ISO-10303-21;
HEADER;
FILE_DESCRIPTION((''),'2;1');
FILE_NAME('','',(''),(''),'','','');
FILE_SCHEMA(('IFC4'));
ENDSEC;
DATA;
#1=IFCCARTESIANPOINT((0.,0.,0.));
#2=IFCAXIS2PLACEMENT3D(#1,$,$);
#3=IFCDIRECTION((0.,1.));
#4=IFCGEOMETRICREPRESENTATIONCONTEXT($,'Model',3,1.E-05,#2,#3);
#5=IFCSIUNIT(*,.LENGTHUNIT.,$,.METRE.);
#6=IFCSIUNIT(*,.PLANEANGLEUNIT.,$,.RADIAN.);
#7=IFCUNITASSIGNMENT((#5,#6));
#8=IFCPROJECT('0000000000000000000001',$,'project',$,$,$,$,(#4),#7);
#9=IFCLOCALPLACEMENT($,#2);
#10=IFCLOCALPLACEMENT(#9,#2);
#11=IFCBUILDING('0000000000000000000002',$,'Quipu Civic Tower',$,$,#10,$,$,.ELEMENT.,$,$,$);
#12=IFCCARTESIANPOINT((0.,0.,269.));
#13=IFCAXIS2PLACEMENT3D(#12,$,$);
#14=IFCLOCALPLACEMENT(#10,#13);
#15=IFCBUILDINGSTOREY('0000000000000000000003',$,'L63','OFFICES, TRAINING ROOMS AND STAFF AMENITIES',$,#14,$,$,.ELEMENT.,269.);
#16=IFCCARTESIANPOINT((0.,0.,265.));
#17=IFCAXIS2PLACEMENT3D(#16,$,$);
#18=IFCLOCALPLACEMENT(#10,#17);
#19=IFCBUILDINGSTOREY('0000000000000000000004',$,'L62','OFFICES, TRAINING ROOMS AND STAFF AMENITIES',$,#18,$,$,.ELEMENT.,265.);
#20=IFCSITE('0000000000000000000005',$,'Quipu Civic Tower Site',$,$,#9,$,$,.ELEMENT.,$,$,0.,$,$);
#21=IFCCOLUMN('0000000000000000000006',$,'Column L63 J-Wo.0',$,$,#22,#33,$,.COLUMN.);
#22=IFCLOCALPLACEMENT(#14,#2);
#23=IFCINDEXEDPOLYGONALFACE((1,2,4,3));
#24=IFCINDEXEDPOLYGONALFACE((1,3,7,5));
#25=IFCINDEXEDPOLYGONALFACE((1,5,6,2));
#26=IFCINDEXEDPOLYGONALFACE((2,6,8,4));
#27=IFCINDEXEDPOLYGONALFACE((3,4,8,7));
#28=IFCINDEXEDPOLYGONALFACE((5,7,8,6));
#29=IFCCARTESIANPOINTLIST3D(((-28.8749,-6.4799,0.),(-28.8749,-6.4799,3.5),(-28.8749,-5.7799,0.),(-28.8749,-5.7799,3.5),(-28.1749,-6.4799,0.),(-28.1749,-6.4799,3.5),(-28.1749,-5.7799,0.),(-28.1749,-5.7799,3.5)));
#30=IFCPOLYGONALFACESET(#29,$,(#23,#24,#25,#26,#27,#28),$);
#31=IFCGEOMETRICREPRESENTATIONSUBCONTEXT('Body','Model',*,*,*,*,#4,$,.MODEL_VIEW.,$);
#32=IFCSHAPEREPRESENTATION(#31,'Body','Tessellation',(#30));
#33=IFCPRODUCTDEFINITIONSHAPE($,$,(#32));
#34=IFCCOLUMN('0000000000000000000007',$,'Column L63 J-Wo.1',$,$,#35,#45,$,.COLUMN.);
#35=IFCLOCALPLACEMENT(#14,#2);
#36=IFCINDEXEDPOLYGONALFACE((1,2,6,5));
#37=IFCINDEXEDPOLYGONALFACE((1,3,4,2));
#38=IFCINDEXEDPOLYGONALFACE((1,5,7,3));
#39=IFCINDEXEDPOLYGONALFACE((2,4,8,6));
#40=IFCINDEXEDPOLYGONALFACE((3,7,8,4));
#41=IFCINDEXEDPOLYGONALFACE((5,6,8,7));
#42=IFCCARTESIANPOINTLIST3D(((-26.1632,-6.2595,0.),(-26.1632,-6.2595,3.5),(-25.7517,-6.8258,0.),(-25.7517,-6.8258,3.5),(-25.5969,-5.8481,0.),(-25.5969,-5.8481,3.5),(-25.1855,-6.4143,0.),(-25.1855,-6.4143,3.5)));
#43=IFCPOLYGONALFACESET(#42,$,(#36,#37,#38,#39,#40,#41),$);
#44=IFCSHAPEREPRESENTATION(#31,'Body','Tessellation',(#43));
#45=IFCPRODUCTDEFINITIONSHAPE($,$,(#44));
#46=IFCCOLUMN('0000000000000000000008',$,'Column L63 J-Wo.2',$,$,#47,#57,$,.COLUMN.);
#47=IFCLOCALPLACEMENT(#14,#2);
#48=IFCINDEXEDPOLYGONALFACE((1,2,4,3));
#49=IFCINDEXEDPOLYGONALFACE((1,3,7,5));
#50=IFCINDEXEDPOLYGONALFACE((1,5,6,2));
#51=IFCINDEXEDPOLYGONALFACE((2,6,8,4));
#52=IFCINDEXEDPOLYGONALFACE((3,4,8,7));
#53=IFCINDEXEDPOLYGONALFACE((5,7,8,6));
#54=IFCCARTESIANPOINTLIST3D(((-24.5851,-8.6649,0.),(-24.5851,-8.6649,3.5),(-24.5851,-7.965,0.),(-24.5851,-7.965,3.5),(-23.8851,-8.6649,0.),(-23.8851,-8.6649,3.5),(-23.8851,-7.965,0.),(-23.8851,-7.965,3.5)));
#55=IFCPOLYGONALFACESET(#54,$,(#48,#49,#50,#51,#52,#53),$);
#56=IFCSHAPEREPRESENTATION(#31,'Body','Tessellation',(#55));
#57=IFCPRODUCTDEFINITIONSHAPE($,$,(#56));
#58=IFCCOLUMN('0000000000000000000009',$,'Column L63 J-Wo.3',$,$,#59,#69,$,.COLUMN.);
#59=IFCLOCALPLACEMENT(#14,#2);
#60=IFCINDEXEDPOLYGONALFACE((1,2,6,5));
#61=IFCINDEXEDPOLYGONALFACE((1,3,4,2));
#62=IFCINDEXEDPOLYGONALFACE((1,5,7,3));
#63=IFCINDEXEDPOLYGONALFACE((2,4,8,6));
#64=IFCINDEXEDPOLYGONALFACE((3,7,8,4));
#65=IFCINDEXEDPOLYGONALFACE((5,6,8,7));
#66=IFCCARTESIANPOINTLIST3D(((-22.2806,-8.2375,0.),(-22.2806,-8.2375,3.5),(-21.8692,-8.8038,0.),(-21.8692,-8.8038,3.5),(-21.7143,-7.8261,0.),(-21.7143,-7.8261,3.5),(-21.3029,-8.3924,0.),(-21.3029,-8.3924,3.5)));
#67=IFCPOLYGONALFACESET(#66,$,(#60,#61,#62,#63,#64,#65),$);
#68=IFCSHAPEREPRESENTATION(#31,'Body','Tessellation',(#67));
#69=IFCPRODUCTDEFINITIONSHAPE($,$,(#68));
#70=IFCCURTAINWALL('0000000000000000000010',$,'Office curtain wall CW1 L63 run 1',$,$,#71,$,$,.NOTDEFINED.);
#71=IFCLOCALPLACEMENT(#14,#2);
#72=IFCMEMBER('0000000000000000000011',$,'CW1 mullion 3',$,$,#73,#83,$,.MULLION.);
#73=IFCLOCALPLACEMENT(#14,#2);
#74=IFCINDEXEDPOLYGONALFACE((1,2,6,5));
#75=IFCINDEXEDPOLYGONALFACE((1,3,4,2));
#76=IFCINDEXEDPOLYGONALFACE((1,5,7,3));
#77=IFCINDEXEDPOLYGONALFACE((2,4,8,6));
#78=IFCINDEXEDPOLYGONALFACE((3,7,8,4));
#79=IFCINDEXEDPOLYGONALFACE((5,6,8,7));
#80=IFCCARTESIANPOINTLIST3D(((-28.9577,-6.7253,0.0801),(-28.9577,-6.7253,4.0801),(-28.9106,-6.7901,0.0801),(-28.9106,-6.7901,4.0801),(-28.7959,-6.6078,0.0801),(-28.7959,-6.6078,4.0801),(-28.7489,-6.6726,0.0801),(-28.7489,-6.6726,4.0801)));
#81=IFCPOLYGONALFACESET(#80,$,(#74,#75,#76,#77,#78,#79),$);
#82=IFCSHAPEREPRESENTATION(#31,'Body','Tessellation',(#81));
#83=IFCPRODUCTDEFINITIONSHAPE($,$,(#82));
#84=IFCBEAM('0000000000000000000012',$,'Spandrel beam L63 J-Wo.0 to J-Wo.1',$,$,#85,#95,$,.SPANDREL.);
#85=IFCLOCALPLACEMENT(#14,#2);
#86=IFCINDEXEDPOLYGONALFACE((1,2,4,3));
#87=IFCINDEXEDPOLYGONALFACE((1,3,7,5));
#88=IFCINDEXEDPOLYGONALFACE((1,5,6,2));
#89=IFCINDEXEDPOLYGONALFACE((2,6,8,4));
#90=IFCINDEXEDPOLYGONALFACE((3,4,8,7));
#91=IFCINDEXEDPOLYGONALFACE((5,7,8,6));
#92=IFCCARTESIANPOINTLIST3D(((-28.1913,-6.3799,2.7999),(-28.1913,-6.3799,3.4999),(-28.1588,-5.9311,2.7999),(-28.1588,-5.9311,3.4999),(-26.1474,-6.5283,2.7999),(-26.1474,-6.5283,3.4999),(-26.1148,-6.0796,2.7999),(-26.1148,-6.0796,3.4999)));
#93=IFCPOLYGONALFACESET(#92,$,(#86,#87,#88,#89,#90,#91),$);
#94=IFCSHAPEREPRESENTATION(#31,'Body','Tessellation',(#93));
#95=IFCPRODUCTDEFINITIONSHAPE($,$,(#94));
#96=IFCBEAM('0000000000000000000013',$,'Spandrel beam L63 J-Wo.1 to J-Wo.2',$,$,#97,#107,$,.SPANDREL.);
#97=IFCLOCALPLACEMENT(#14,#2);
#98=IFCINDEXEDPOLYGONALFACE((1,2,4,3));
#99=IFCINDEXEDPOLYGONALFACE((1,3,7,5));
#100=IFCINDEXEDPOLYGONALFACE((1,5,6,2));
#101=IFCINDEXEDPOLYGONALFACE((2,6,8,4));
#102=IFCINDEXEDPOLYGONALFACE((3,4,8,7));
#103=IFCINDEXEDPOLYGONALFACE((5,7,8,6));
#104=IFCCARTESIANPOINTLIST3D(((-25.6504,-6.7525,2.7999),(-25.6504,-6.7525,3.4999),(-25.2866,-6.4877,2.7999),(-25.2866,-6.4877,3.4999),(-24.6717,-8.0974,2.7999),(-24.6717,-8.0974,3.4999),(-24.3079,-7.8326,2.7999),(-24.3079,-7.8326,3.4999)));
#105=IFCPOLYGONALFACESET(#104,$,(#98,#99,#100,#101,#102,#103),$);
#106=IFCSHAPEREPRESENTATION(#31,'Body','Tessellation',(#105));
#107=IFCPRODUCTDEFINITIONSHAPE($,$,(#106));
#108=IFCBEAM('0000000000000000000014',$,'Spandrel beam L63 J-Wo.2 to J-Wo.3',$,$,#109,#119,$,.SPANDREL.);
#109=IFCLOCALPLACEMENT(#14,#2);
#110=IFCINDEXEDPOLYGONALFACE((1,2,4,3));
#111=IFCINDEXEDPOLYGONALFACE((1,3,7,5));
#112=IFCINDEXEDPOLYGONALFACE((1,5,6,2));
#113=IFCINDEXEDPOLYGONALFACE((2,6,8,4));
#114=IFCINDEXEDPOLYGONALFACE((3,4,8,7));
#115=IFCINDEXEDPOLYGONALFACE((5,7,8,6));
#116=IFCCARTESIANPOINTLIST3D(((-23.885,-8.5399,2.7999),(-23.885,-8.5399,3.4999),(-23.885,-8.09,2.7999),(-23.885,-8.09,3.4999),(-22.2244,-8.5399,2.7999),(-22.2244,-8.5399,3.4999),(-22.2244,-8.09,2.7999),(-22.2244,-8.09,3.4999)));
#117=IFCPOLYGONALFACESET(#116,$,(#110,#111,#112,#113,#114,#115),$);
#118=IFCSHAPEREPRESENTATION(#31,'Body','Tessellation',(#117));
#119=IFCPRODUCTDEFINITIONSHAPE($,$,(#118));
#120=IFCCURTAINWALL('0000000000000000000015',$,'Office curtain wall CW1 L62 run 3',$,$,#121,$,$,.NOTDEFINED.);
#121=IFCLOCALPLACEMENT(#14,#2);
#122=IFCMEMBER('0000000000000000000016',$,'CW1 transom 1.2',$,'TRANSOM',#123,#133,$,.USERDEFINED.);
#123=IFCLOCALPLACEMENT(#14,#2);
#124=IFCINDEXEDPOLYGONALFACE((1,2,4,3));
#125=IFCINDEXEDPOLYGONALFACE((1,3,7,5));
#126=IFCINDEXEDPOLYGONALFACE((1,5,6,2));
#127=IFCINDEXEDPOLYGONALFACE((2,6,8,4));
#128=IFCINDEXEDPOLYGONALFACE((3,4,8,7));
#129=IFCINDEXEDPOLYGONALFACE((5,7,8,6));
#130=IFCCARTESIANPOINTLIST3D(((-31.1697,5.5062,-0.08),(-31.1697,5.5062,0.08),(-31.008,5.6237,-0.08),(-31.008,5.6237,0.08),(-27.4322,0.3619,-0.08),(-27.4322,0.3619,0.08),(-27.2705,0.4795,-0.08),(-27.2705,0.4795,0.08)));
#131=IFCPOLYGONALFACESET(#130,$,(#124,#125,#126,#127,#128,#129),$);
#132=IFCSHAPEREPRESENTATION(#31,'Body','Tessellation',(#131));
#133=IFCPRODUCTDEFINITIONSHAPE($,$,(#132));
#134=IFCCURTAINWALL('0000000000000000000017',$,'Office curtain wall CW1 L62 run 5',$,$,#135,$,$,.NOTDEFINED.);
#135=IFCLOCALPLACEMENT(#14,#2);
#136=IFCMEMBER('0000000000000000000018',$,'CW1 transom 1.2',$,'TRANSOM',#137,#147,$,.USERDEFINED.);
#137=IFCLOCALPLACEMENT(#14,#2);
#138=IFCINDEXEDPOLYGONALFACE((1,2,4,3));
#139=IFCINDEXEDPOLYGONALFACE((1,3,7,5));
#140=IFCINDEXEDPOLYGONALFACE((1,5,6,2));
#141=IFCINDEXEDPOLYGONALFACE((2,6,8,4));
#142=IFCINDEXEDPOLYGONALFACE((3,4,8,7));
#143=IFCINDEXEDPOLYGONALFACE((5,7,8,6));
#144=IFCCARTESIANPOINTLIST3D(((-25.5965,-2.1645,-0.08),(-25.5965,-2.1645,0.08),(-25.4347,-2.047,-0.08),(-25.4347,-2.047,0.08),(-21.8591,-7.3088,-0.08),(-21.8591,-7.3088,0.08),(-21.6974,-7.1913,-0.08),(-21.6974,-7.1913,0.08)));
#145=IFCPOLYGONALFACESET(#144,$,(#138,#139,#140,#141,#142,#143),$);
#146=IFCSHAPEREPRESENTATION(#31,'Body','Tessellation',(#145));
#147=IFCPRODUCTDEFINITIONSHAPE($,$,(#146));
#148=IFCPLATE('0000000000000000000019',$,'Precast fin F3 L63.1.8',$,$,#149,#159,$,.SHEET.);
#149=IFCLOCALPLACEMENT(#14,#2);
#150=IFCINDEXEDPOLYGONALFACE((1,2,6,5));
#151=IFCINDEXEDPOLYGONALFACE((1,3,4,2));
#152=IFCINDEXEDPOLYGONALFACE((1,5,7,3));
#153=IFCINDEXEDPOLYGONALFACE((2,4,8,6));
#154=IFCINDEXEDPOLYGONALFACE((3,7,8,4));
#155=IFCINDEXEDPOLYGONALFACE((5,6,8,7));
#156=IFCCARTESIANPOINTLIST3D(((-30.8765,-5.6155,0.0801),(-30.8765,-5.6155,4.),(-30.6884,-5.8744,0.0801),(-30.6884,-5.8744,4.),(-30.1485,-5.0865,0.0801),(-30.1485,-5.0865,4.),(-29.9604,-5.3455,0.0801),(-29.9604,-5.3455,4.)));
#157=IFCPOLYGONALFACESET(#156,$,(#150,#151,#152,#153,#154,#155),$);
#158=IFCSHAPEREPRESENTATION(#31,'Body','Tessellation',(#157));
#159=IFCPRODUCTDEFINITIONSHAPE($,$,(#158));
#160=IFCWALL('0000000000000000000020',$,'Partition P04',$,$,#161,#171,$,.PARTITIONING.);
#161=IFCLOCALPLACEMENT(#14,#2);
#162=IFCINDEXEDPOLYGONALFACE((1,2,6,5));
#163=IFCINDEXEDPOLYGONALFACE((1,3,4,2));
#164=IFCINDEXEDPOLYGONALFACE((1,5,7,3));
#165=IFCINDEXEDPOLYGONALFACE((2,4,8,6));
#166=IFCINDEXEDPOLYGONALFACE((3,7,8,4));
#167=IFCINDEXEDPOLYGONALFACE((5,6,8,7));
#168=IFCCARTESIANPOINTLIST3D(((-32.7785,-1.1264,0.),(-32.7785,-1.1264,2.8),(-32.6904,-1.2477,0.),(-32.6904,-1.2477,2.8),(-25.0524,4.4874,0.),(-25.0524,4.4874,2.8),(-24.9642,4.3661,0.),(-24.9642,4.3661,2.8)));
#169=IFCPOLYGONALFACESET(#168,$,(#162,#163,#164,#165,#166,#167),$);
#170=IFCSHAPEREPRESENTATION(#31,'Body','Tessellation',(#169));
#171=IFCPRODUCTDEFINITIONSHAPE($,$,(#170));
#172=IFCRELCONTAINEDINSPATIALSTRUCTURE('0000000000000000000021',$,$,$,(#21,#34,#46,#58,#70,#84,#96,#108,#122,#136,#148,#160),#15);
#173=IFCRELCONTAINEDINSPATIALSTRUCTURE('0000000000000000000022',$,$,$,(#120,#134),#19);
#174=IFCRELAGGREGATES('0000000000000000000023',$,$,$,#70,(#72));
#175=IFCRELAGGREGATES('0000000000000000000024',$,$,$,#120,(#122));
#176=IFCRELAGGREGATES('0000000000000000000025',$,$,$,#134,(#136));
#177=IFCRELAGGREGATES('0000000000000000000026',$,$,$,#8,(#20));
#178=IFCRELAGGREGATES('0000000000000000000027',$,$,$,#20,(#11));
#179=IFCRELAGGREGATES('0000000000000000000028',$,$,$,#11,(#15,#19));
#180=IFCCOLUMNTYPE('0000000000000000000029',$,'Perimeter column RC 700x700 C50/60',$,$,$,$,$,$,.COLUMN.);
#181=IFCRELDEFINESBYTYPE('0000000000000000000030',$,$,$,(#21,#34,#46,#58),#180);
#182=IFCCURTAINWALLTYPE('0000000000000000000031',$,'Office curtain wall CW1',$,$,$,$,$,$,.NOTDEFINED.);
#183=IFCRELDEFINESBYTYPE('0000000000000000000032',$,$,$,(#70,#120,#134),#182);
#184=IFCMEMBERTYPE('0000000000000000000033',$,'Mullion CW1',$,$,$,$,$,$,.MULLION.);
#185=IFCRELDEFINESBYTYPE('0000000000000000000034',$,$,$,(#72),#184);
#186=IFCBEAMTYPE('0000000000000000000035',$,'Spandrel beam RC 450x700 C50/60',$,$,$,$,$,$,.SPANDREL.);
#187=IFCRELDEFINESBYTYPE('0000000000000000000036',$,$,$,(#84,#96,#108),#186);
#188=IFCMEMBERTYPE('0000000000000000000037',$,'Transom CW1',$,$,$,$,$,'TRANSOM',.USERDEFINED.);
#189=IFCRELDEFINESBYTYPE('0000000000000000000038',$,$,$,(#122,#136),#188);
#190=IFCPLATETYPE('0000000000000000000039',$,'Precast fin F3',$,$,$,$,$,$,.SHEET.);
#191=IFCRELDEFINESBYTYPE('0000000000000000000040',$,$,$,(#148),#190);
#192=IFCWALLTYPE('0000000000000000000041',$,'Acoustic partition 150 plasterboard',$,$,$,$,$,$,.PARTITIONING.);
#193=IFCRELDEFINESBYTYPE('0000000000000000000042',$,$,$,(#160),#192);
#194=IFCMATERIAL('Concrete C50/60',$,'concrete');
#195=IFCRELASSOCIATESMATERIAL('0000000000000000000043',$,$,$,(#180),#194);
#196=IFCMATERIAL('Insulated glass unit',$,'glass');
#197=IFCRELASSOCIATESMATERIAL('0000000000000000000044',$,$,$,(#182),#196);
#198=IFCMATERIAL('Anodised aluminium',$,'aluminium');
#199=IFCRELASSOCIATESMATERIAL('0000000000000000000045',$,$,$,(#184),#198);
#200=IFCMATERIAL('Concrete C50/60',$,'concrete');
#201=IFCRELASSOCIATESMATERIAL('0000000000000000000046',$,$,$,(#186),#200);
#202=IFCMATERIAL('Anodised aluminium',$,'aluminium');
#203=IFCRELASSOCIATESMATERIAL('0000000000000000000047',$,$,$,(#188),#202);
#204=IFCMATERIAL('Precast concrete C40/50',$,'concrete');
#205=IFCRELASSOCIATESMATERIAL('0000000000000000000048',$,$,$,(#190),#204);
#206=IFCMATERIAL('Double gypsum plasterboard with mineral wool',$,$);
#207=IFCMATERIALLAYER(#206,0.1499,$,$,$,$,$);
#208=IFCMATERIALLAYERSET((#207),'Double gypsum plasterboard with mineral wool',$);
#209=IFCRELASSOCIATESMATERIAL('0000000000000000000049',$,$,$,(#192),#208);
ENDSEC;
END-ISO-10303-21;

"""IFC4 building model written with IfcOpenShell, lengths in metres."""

from ifc_helpers import new_model, si_unit, direction, frame, frame_2d, origin, origin_2d, place, context, subcontext, project, spatial, rectangle, extrude, material, layer, layer_set, material_profile, profile_set, type_object, element, aggregate, save


model = new_model("IFC4")

# Units and contexts
model_context = context("Model", 3, precision=1e-05, world=origin(), true_north=direction((0.0, 1.0)))
body_context = subcontext(model_context, "Body", "Model", "MODEL_VIEW")
ifc_project = project(units=[si_unit("LENGTHUNIT", "METRE"), si_unit("PLANEANGLEUNIT", "RADIAN")], contexts=[model_context])

# Site, building, storey
site_placement = place(None, origin())
site = spatial("IfcSite", under=ifc_project, at=site_placement, Name="Quipu Civic Tower Site", CompositionType="ELEMENT", RefElevation=0.0)
building_placement = place(site_placement, origin())
building = spatial("IfcBuilding", under=site, at=building_placement, Name="Quipu Civic Tower", CompositionType="ELEMENT")
storey_1_placement = place(building_placement, frame((0.0, 0.0, 269.0)))
storey_1 = spatial("IfcBuildingStorey", under=building, at=storey_1_placement, Name="L63", Description="OFFICES, TRAINING ROOMS AND STAFF AMENITIES", CompositionType="ELEMENT", Elevation=269.0)

# Columns
ifc_material_1 = material(Name="Concrete C50/60", Category="concrete")
ifc_material_profile_1 = material_profile(ifc_material_1, rectangle(XDim=0.7, YDim=0.7, at=origin_2d()), Name="RC700x700")
ifc_profile_set_1 = profile_set([ifc_material_profile_1], Name="Concrete C50/60")
column_type = type_object("IfcColumnType", Name="Perimeter column RC 700x700 C50/60", PredefinedType="COLUMN", material=ifc_profile_set_1)
for number, where, z_axis, x_axis, name in (
    (1, (-28.5249, -6.1299, 0.0), (0.0, 0.0, 1.0), (1.0, 0.0, 0.0), "Column L63 J-Wo.0"),
    (2, (-25.6743, -6.3369, 0.0), (0.0, 0.0, 1.0), (0.587785, -0.809017, 0.0), "Column L63 J-Wo.1"),
    (3, (-24.2351, -8.3149, 0.0), (0.0, 0.0, 1.0), (1.0, 0.0, 0.0), "Column L63 J-Wo.2"),
    (4, (-21.7917, -8.3149, 0.0), (0.0, 0.0, 1.0), (0.587785, -0.809017, 0.0), "Column L63 J-Wo.3"),
):
    element("IfcColumn", number, at=place(storey_1_placement, frame(where, z_axis=z_axis, x_axis=x_axis)), inside=storey_1, type_object=column_type, Name=name, PredefinedType="COLUMN", context=body_context, shape_type="SweptSolid", body=[
        extrude(rectangle(XDim=0.7, YDim=0.7, at=origin_2d()), origin(), (0.0, 0.0, 1.0), 3.5),
    ])

# Curtain wall, member
ifc_material_2 = material(Name="Insulated glass unit", Category="glass")
curtain_wall_type = type_object("IfcCurtainWallType", Name="Office curtain wall CW1", PredefinedType="NOTDEFINED", material=ifc_material_2)
curtain_wall_1_placement = place(storey_1_placement, origin())
curtain_wall_1 = element("IfcCurtainWall", 5, at=curtain_wall_1_placement, inside=storey_1, type_object=curtain_wall_type, Name="Office curtain wall CW1 L63 run 1", PredefinedType="NOTDEFINED")
ifc_material_3 = material(Name="Anodised aluminium", Category="aluminium")
ifc_material_profile_2 = material_profile(ifc_material_3, rectangle(XDim=0.2, YDim=0.0801, at=origin_2d()), Name="RECT 200x80")
ifc_profile_set_2 = profile_set([ifc_material_profile_2], Name="Anodised aluminium")
member_type_1 = type_object("IfcMemberType", Name="Mullion CW1", PredefinedType="MULLION", material=ifc_profile_set_2)
member_1_placement = place(storey_1_placement, frame((-28.8533, -6.699, 0.0801), z_axis=(0.0, 0.0, 1.0), x_axis=(0.809016, 0.587786, 0.0)))
member_1 = element("IfcMember", 6, at=member_1_placement, type_object=member_type_1, Name="CW1 mullion 3", PredefinedType="MULLION", context=body_context, shape_type="SweptSolid", body=[
    extrude(rectangle(XDim=0.2, YDim=0.0801, at=origin_2d()), origin(), (0.0, 0.0, 1.0), 4.0),
])
aggregate(curtain_wall_1, [member_1])

# Beams
ifc_material_4 = material(Name="Concrete C50/60", Category="concrete")
ifc_material_profile_3 = material_profile(ifc_material_4, rectangle(XDim=0.45, YDim=0.7, at=origin_2d()), Name="RC450x700")
ifc_profile_set_3 = profile_set([ifc_material_profile_3], Name="Concrete C50/60")
beam_type = type_object("IfcBeamType", Name="Spandrel beam RC 450x700 C50/60", PredefinedType="SPANDREL", material=ifc_profile_set_3)
beam_1_placement = place(storey_1_placement, frame((-28.175, -6.1555, 3.1499), z_axis=(0.997373, -0.072432, 0.0), x_axis=(0.072432, 0.997373, 0.0)))
element("IfcBeam", 7, at=beam_1_placement, inside=storey_1, type_object=beam_type, Name="Spandrel beam L63 J-Wo.0 to J-Wo.1", PredefinedType="SPANDREL", context=body_context, shape_type="SweptSolid", body=[
    extrude(rectangle(XDim=0.45, YDim=0.7, at=origin_2d()), origin(), (0.0, 0.0, 1.0), 2.0493),
])
beam_2_placement = place(storey_1_placement, frame((-25.4685, -6.6201, 3.1499), z_axis=(0.588407, -0.808565, 0.0), x_axis=(0.808565, 0.588407, 0.0)))
element("IfcBeam", 8, at=beam_2_placement, inside=storey_1, type_object=beam_type, Name="Spandrel beam L63 J-Wo.1 to J-Wo.2", PredefinedType="SPANDREL", context=body_context, shape_type="SweptSolid", body=[
    extrude(rectangle(XDim=0.45, YDim=0.7, at=origin_2d()), origin(), (0.0, 0.0, 1.0), 1.6633),
])
beam_3_placement = place(storey_1_placement, frame((-23.885, -8.3149, 3.1499), z_axis=(1.0, 0.0, 0.0), x_axis=(0.0, 1.0, 0.0)))
element("IfcBeam", 9, at=beam_3_placement, inside=storey_1, type_object=beam_type, Name="Spandrel beam L63 J-Wo.2 to J-Wo.3", PredefinedType="SPANDREL", context=body_context, shape_type="SweptSolid", body=[
    extrude(rectangle(XDim=0.45, YDim=0.7, at=origin_2d()), origin(), (0.0, 0.0, 1.0), 1.6606),
])

# Shared definitions
storey_2_placement = place(building_placement, frame((0.0, 0.0, 265.0)))
storey_2 = spatial("IfcBuildingStorey", under=building, at=storey_2_placement, Name="L62", Description="OFFICES, TRAINING ROOMS AND STAFF AMENITIES", CompositionType="ELEMENT", Elevation=265.0)

# Curtain walls, members
curtain_wall_2_placement = place(storey_2_placement, origin())
curtain_wall_2 = element("IfcCurtainWall", 10, at=curtain_wall_2_placement, inside=storey_2, type_object=curtain_wall_type, Name="Office curtain wall CW1 L62 run 3", PredefinedType="NOTDEFINED")
ifc_material_5 = material(Name="Anodised aluminium", Category="aluminium")
ifc_material_profile_4 = material_profile(ifc_material_5, rectangle(XDim=0.2, YDim=0.1599, at=origin_2d()), Name="RECT 200x160")
ifc_profile_set_4 = profile_set([ifc_material_profile_4], Name="Anodised aluminium")
member_type_2 = type_object("IfcMemberType", Name="Transom CW1", ElementType="TRANSOM", PredefinedType="USERDEFINED", material=ifc_profile_set_4)
member_2_placement = place(storey_1_placement, frame((-31.0889, 5.5649, 0.0), z_axis=(0.587786, -0.809017, 0.0), x_axis=(0.809017, 0.587786, 0.0)))
member_2 = element("IfcMember", 11, at=member_2_placement, inside=storey_1, type_object=member_type_2, Name="CW1 transom 1.2", ObjectType="TRANSOM", PredefinedType="USERDEFINED", context=body_context, shape_type="SweptSolid", body=[
    extrude(rectangle(XDim=0.2, YDim=0.1599, at=origin_2d()), origin(), (0.0, 0.0, 1.0), 6.3586),
])
aggregate(curtain_wall_2, [member_2])
curtain_wall_3_placement = place(storey_2_placement, origin())
curtain_wall_3 = element("IfcCurtainWall", 12, at=curtain_wall_3_placement, inside=storey_2, type_object=curtain_wall_type, Name="Office curtain wall CW1 L62 run 5", PredefinedType="NOTDEFINED")
member_3_placement = place(storey_1_placement, frame((-25.5156, -2.1057, 0.0), z_axis=(0.587761, -0.809035, 0.0), x_axis=(0.809035, 0.587761, 0.0)))
member_3 = element("IfcMember", 13, at=member_3_placement, inside=storey_1, type_object=member_type_2, Name="CW1 transom 1.2", ObjectType="TRANSOM", PredefinedType="USERDEFINED", context=body_context, shape_type="SweptSolid", body=[
    extrude(rectangle(XDim=0.2, YDim=0.1599, at=origin_2d()), origin(), (0.0, 0.0, 1.0), 6.3586),
])
aggregate(curtain_wall_3, [member_3])

# Plate
ifc_material_6 = material(Name="Precast concrete C40/50", Category="concrete")
plate_type = type_object("IfcPlateType", Name="Precast fin F3", PredefinedType="SHEET", material=ifc_material_6)
plate_placement = place(storey_1_placement, frame((-30.4185, -5.4805, 0.0801), z_axis=(0.0, 0.0, 1.0), x_axis=(0.587787, -0.809016, 0.0)))
element("IfcPlate", 14, at=plate_placement, inside=storey_1, type_object=plate_type, Name="Precast fin F3 L63.1.8", PredefinedType="SHEET", context=body_context, shape_type="SweptSolid", body=[
    extrude(rectangle(XDim=0.3201, YDim=0.8999, at=origin_2d()), origin(), (0.0, 0.0, 1.0), 3.9199),
])

# Wall
ifc_material_7 = material(Name="Double gypsum plasterboard with mineral wool")
ifc_layer_1 = layer(ifc_material_7, 0.1499)
ifc_layer_set_1 = layer_set([ifc_layer_1], Name="Double gypsum plasterboard with mineral wool")
wall_type_1 = type_object("IfcWallType", Name="Acoustic partition 150 plasterboard", PredefinedType="PARTITIONING", material=ifc_layer_set_1)
wall_1_placement = place(storey_1_placement, frame((-25.0083, 4.4268, 0.0), z_axis=(0.0, 0.0, 1.0), x_axis=(-0.808995, -0.587816, 0.0)))
element("IfcWall", 15, at=wall_1_placement, inside=storey_1, type_object=wall_type_1, Name="Partition P04", PredefinedType="PARTITIONING", context=body_context, shape_type="SweptSolid", body=[
    extrude(rectangle(XDim=9.5503, YDim=0.1499, at=frame_2d((4.7751, 0.0))), origin(), (0.0, 0.0, 1.0), 2.8),
])

save(model, "model.ifc")
